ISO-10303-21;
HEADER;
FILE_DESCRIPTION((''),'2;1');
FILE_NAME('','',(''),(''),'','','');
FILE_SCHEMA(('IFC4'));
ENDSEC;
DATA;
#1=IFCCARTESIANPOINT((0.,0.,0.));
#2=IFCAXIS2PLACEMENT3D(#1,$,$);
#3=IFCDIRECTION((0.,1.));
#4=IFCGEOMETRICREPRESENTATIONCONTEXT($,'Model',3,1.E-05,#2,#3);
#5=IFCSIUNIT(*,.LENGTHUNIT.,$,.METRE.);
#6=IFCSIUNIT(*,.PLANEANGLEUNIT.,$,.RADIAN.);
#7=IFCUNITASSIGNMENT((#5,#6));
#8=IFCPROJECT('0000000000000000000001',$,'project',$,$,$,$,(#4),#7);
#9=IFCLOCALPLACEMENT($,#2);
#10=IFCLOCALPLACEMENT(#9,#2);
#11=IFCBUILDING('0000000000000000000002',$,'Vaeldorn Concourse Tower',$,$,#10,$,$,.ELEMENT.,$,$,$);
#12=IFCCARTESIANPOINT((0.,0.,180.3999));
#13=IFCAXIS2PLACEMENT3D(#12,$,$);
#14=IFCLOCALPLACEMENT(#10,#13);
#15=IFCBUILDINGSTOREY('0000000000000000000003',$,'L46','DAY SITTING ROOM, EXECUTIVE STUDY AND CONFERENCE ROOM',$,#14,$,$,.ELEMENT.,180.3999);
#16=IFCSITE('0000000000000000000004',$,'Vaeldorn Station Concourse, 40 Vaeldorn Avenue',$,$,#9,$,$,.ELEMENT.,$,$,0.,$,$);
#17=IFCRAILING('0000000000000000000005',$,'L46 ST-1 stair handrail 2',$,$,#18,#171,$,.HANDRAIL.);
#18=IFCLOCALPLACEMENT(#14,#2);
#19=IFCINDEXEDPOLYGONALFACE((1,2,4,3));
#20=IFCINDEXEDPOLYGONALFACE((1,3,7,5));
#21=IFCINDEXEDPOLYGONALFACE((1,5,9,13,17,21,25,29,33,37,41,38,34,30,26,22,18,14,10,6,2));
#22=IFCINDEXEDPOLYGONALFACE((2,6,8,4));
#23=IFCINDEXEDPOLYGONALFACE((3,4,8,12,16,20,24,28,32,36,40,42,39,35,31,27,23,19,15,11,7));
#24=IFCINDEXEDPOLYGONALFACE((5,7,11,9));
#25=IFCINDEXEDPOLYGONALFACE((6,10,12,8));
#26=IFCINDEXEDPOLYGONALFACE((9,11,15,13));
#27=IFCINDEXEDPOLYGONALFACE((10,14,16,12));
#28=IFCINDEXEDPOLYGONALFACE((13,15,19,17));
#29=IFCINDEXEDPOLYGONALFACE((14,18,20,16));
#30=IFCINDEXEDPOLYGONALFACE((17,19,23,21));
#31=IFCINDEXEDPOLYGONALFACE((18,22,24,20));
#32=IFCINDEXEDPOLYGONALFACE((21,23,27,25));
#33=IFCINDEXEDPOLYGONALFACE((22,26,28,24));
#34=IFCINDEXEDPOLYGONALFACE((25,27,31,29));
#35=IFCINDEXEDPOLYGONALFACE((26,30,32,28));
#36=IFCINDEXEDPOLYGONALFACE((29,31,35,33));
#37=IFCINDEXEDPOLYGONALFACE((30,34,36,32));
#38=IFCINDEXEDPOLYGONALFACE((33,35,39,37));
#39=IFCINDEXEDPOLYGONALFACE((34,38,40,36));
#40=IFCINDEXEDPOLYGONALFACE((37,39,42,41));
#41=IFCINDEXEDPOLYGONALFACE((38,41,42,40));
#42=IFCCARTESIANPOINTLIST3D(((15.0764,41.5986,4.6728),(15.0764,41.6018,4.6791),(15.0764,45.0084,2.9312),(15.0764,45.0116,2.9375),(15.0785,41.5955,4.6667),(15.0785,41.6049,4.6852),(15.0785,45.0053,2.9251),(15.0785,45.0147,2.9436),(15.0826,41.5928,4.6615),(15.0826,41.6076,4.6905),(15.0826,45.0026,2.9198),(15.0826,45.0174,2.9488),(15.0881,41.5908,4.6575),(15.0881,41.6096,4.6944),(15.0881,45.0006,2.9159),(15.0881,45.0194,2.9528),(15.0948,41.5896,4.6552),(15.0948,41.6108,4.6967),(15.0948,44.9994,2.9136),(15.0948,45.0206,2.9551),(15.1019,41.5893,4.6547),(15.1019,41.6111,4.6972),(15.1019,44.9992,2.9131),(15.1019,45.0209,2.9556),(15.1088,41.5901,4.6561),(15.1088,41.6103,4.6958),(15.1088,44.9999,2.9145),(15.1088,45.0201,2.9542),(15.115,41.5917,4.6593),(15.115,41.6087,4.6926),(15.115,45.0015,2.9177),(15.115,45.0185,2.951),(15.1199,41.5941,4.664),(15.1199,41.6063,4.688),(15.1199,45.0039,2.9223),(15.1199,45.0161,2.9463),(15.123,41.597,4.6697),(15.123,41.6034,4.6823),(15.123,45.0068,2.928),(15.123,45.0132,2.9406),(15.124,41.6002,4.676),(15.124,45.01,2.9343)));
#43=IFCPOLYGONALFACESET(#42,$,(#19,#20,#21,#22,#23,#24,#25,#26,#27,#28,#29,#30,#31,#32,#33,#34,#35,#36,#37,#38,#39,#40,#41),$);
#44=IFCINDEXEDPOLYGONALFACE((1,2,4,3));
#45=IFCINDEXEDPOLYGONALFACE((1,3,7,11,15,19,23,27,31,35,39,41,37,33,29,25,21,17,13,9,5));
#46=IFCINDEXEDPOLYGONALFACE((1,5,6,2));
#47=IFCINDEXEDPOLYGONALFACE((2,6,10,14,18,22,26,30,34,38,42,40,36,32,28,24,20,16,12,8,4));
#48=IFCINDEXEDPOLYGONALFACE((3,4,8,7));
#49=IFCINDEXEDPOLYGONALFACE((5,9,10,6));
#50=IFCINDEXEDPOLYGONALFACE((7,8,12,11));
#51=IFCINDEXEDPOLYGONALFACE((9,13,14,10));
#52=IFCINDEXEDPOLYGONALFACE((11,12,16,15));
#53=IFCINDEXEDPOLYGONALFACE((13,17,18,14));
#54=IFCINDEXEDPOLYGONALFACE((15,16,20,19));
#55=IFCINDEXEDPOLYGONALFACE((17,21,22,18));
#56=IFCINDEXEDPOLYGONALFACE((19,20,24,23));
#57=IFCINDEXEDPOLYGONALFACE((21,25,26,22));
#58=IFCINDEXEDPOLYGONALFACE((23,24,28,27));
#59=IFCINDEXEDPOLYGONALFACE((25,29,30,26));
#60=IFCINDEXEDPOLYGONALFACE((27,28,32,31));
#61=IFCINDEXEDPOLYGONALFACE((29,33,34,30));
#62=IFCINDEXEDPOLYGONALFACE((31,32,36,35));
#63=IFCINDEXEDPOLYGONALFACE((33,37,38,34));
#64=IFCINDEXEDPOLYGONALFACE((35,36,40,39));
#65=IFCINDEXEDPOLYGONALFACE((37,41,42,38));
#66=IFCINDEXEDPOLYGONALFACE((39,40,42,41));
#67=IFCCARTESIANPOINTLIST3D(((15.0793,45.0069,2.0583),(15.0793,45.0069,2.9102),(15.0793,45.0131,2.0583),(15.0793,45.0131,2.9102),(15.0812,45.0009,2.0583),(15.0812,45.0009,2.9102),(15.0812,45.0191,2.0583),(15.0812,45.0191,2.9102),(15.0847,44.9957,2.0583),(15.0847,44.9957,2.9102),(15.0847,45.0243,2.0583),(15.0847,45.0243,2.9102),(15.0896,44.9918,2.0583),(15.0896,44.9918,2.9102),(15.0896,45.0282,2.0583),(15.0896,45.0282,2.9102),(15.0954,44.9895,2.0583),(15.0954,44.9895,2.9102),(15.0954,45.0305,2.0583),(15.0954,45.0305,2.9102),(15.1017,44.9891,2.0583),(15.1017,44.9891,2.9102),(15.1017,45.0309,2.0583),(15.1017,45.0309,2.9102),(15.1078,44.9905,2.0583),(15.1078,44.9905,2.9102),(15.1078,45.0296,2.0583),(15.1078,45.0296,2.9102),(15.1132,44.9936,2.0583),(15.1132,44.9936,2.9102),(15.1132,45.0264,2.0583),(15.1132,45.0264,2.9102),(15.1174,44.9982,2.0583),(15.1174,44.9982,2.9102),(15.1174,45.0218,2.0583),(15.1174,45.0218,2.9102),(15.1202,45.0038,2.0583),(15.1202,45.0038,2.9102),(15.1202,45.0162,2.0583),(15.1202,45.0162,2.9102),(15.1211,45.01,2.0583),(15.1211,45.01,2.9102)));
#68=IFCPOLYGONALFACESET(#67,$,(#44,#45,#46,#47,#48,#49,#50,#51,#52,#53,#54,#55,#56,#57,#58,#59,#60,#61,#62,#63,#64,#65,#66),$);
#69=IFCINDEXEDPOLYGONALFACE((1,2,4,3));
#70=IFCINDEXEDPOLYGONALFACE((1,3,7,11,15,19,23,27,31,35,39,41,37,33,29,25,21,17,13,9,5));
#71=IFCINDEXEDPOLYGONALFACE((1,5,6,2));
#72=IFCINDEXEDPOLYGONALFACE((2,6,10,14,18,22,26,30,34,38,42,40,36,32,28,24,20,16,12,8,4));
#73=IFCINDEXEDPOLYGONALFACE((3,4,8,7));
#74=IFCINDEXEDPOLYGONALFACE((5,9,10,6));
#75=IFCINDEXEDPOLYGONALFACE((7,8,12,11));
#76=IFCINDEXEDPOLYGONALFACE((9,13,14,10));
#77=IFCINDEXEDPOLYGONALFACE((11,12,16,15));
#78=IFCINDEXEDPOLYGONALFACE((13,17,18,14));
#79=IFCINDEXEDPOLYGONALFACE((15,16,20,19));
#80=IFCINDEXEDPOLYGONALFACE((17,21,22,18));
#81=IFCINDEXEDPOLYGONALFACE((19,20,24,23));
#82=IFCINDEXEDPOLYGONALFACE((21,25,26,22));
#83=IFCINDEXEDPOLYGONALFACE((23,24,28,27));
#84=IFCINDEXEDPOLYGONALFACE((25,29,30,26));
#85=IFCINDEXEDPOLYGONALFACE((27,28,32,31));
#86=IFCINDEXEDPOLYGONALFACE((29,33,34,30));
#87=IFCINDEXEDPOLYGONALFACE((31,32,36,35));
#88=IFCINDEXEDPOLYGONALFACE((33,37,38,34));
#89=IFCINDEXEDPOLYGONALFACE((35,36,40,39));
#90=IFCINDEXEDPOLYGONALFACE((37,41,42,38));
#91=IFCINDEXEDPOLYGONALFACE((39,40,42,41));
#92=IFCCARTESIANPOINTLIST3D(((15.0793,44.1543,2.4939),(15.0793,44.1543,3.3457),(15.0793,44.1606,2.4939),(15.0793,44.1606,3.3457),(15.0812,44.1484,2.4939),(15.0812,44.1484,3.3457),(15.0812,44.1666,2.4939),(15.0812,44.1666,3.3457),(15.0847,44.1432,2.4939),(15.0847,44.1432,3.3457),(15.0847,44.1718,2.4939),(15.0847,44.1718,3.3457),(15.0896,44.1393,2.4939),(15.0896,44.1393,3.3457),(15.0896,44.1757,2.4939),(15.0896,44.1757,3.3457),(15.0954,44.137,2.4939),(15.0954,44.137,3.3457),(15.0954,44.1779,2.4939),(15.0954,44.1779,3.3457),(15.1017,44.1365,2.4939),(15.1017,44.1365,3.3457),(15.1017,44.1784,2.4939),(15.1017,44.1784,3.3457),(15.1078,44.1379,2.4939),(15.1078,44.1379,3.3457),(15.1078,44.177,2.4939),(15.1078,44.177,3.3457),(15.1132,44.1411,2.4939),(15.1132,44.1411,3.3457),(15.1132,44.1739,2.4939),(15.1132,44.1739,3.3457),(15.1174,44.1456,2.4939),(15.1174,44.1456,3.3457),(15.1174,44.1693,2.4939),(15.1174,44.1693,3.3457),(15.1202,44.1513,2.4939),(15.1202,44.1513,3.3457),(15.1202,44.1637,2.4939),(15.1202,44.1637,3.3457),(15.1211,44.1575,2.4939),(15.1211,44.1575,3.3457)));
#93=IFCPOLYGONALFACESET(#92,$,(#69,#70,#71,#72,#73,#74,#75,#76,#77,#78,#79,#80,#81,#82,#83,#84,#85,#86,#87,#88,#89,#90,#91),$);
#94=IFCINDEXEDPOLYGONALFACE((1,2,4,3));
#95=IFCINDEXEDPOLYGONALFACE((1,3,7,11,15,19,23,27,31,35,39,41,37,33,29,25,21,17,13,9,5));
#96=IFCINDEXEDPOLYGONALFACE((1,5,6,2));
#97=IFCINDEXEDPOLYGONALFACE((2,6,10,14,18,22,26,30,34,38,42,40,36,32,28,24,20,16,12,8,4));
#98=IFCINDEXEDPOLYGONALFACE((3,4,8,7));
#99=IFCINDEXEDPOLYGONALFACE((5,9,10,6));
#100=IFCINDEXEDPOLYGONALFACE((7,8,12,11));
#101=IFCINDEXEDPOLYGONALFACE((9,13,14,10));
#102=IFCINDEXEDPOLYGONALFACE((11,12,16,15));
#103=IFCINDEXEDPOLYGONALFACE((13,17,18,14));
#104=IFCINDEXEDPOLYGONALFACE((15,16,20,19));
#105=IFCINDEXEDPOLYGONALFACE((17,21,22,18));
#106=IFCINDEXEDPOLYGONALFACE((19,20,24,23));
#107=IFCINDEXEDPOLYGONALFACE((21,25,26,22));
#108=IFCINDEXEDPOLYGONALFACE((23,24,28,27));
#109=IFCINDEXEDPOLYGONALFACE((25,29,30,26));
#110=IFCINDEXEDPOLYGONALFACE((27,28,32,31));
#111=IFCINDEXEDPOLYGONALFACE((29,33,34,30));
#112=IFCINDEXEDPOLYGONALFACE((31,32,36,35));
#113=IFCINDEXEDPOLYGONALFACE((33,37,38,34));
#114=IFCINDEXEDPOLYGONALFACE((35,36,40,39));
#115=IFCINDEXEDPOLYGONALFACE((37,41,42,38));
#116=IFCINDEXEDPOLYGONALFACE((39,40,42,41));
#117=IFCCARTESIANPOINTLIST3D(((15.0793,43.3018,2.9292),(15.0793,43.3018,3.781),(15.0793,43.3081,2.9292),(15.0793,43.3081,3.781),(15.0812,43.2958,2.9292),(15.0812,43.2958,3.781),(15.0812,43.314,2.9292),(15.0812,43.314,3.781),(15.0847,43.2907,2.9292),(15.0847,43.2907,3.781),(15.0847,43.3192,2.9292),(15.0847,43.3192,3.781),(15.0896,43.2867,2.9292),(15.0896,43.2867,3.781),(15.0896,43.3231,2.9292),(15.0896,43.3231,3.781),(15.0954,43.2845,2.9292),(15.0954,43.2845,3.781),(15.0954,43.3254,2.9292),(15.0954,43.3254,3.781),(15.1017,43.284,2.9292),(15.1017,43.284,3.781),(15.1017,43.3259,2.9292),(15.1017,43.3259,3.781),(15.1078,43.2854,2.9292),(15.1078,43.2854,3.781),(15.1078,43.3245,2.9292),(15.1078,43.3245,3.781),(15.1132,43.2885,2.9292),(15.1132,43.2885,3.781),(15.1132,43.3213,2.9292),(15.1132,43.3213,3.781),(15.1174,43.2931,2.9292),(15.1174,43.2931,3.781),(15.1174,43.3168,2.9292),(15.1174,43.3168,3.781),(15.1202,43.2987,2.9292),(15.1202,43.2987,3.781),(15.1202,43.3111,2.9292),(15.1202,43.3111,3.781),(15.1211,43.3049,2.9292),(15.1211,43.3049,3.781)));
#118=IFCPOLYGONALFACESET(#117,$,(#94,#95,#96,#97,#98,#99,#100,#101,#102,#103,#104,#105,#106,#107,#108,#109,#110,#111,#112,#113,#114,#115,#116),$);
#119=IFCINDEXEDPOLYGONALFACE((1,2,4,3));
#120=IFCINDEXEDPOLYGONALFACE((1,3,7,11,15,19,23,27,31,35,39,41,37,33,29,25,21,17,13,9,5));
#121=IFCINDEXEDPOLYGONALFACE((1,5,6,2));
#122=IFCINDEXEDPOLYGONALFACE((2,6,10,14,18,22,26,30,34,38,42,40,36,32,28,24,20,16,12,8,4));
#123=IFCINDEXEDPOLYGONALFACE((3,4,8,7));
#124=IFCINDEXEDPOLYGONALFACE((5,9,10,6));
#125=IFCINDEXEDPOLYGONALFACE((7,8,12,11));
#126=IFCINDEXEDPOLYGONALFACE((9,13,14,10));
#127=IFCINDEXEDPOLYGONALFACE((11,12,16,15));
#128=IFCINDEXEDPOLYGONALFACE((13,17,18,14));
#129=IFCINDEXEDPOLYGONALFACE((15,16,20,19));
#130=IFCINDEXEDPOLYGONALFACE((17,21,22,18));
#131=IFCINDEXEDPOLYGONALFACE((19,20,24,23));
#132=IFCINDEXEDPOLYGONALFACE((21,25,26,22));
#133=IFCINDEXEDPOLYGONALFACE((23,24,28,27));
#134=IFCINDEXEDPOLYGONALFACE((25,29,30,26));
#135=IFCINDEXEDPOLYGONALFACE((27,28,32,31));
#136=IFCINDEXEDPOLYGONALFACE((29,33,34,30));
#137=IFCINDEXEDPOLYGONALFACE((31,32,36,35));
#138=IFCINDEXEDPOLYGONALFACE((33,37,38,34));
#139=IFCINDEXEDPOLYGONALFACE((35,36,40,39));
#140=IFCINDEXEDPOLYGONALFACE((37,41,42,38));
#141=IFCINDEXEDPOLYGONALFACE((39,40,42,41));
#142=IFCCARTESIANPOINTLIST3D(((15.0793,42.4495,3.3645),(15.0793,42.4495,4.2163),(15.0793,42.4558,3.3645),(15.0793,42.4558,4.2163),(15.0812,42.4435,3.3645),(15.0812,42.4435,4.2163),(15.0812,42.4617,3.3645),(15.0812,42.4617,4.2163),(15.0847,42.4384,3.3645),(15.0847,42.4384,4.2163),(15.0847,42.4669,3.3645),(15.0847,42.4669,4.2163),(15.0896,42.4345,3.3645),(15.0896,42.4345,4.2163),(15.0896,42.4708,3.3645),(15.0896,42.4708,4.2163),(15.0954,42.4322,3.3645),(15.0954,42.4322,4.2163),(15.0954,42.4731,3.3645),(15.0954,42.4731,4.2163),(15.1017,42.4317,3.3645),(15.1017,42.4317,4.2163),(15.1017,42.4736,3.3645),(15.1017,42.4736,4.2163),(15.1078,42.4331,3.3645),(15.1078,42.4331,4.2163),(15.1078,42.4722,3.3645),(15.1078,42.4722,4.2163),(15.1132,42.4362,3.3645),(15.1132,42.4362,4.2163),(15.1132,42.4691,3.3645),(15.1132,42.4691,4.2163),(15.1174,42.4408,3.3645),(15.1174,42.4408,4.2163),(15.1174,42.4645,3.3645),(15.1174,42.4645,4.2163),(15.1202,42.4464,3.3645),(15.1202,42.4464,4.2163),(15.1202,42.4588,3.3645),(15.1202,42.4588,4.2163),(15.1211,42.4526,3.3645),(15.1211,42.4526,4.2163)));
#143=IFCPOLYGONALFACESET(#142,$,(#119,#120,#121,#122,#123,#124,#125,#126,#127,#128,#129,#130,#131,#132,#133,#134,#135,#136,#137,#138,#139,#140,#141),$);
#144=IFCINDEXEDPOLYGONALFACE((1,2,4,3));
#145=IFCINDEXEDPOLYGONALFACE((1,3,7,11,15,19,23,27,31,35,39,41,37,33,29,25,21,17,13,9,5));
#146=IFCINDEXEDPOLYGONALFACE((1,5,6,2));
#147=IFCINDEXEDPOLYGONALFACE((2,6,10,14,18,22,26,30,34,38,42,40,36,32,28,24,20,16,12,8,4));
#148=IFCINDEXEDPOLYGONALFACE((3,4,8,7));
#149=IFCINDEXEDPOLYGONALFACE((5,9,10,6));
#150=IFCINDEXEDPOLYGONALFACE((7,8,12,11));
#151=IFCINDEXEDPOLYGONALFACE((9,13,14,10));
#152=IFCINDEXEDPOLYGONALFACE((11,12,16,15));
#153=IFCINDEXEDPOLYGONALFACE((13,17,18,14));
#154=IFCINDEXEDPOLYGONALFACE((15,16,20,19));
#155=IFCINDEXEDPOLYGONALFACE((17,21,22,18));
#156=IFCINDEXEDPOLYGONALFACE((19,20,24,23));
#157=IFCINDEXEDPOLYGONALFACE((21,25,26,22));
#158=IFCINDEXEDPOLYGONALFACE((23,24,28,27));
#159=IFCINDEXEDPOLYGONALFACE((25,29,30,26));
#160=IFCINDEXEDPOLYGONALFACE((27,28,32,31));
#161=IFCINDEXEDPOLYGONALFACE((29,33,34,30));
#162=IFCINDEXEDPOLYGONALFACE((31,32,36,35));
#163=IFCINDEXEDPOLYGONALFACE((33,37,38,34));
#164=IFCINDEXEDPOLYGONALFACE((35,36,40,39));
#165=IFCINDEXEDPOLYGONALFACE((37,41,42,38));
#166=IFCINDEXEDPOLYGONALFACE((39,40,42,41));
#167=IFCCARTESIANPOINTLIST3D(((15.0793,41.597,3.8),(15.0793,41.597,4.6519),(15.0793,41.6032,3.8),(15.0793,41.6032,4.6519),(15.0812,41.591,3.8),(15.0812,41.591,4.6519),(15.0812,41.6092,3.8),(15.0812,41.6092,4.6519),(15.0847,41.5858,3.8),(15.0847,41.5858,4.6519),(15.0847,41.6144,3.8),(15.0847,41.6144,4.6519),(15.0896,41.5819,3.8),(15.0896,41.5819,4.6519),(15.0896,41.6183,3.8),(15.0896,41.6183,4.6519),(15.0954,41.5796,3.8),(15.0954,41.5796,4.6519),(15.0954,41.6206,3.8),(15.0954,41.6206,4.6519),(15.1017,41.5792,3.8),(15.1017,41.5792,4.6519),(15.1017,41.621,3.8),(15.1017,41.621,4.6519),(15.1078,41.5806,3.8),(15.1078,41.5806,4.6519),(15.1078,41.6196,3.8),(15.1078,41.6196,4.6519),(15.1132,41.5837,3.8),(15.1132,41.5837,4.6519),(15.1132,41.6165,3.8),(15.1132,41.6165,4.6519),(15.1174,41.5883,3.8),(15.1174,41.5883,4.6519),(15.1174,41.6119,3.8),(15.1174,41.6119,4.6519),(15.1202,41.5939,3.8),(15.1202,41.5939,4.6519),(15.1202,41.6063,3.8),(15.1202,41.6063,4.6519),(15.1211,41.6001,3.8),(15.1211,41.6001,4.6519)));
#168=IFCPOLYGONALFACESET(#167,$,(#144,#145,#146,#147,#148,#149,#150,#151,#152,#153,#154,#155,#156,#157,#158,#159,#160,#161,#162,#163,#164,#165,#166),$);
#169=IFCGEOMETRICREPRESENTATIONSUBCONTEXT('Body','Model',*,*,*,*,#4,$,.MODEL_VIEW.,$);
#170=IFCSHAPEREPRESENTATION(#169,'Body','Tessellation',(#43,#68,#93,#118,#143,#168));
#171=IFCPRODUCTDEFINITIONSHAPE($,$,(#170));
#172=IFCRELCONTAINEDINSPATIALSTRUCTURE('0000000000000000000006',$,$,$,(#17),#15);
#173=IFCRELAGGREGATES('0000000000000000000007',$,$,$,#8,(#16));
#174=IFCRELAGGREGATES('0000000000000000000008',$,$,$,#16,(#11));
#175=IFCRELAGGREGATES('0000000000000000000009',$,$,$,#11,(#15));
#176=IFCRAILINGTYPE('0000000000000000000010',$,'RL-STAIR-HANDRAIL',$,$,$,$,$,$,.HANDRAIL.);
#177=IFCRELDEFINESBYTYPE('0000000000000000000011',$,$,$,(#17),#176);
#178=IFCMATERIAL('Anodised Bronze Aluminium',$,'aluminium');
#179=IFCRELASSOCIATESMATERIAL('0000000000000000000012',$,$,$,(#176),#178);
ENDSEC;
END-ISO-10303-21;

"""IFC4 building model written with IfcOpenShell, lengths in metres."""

from ifc_helpers import new_model, si_unit, direction, frame, origin, origin_2d, place, context, subcontext, project, spatial, circle, extrude, material, type_object, element, save


model = new_model("IFC4")

# Units and contexts
model_context = context("Model", 3, precision=1e-05, world=origin(), true_north=direction((0.0, 1.0)))
body_context = subcontext(model_context, "Body", "Model", "MODEL_VIEW")
ifc_project = project(units=[si_unit("LENGTHUNIT", "METRE"), si_unit("PLANEANGLEUNIT", "RADIAN")], contexts=[model_context])

# Site, building, storey
site_placement = place(None, origin())
site = spatial("IfcSite", under=ifc_project, at=site_placement, Name="Vaeldorn Station Concourse, 40 Vaeldorn Avenue", CompositionType="ELEMENT", RefElevation=0.0)
building_placement = place(site_placement, origin())
building = spatial("IfcBuilding", under=site, at=building_placement, Name="Vaeldorn Concourse Tower", CompositionType="ELEMENT")
storey_placement = place(building_placement, frame((0.0, 0.0, 180.3999)))
storey = spatial("IfcBuildingStorey", under=building, at=storey_placement, Name="L46", Description="DAY SITTING ROOM, EXECUTIVE STUDY AND CONFERENCE ROOM", CompositionType="ELEMENT", Elevation=180.3999)

# Shared definitions
ifc_material_1 = material(Name="Anodised Bronze Aluminium", Category="aluminium")

# Railing
railing_type_1 = type_object("IfcRailingType", Name="RL-STAIR-HANDRAIL", PredefinedType="HANDRAIL", material=ifc_material_1)
railing_1_placement = place(storey_placement, frame((15.1001, 45.01, 2.0583)))
element("IfcRailing", 1, at=railing_1_placement, inside=storey, type_object=railing_type_1, Name="L46 ST-1 stair handrail 2", PredefinedType="HANDRAIL", context=body_context, shape_type="SweptSolid", body=[
    extrude(circle(Radius=0.0239, at=origin_2d()), frame((0.0, 0.0, 0.876), z_axis=(0.0, -0.890556, 0.454874), x_axis=(1.0, 0.0, 0.0)), (0.0, 0.0, 1.0), 3.8289),
    extrude(circle(Radius=0.021, at=origin_2d()), origin(), (0.0, 0.0, 1.0), 0.8518),
    extrude(circle(Radius=0.021, at=origin_2d()), frame((0.0, -0.8525, 0.4355)), (0.0, 0.0, 1.0), 0.8518),
    extrude(circle(Radius=0.021, at=origin_2d()), frame((0.0, -1.7051, 0.8708)), (0.0, 0.0, 1.0), 0.8518),
    extrude(circle(Radius=0.021, at=origin_2d()), frame((0.0, -2.5574, 1.3062)), (0.0, 0.0, 1.0), 0.8518),
    extrude(circle(Radius=0.021, at=origin_2d()), frame((0.0, -3.4099, 1.7417)), (0.0, 0.0, 1.0), 0.8518),
])

save(model, "model.ifc")
